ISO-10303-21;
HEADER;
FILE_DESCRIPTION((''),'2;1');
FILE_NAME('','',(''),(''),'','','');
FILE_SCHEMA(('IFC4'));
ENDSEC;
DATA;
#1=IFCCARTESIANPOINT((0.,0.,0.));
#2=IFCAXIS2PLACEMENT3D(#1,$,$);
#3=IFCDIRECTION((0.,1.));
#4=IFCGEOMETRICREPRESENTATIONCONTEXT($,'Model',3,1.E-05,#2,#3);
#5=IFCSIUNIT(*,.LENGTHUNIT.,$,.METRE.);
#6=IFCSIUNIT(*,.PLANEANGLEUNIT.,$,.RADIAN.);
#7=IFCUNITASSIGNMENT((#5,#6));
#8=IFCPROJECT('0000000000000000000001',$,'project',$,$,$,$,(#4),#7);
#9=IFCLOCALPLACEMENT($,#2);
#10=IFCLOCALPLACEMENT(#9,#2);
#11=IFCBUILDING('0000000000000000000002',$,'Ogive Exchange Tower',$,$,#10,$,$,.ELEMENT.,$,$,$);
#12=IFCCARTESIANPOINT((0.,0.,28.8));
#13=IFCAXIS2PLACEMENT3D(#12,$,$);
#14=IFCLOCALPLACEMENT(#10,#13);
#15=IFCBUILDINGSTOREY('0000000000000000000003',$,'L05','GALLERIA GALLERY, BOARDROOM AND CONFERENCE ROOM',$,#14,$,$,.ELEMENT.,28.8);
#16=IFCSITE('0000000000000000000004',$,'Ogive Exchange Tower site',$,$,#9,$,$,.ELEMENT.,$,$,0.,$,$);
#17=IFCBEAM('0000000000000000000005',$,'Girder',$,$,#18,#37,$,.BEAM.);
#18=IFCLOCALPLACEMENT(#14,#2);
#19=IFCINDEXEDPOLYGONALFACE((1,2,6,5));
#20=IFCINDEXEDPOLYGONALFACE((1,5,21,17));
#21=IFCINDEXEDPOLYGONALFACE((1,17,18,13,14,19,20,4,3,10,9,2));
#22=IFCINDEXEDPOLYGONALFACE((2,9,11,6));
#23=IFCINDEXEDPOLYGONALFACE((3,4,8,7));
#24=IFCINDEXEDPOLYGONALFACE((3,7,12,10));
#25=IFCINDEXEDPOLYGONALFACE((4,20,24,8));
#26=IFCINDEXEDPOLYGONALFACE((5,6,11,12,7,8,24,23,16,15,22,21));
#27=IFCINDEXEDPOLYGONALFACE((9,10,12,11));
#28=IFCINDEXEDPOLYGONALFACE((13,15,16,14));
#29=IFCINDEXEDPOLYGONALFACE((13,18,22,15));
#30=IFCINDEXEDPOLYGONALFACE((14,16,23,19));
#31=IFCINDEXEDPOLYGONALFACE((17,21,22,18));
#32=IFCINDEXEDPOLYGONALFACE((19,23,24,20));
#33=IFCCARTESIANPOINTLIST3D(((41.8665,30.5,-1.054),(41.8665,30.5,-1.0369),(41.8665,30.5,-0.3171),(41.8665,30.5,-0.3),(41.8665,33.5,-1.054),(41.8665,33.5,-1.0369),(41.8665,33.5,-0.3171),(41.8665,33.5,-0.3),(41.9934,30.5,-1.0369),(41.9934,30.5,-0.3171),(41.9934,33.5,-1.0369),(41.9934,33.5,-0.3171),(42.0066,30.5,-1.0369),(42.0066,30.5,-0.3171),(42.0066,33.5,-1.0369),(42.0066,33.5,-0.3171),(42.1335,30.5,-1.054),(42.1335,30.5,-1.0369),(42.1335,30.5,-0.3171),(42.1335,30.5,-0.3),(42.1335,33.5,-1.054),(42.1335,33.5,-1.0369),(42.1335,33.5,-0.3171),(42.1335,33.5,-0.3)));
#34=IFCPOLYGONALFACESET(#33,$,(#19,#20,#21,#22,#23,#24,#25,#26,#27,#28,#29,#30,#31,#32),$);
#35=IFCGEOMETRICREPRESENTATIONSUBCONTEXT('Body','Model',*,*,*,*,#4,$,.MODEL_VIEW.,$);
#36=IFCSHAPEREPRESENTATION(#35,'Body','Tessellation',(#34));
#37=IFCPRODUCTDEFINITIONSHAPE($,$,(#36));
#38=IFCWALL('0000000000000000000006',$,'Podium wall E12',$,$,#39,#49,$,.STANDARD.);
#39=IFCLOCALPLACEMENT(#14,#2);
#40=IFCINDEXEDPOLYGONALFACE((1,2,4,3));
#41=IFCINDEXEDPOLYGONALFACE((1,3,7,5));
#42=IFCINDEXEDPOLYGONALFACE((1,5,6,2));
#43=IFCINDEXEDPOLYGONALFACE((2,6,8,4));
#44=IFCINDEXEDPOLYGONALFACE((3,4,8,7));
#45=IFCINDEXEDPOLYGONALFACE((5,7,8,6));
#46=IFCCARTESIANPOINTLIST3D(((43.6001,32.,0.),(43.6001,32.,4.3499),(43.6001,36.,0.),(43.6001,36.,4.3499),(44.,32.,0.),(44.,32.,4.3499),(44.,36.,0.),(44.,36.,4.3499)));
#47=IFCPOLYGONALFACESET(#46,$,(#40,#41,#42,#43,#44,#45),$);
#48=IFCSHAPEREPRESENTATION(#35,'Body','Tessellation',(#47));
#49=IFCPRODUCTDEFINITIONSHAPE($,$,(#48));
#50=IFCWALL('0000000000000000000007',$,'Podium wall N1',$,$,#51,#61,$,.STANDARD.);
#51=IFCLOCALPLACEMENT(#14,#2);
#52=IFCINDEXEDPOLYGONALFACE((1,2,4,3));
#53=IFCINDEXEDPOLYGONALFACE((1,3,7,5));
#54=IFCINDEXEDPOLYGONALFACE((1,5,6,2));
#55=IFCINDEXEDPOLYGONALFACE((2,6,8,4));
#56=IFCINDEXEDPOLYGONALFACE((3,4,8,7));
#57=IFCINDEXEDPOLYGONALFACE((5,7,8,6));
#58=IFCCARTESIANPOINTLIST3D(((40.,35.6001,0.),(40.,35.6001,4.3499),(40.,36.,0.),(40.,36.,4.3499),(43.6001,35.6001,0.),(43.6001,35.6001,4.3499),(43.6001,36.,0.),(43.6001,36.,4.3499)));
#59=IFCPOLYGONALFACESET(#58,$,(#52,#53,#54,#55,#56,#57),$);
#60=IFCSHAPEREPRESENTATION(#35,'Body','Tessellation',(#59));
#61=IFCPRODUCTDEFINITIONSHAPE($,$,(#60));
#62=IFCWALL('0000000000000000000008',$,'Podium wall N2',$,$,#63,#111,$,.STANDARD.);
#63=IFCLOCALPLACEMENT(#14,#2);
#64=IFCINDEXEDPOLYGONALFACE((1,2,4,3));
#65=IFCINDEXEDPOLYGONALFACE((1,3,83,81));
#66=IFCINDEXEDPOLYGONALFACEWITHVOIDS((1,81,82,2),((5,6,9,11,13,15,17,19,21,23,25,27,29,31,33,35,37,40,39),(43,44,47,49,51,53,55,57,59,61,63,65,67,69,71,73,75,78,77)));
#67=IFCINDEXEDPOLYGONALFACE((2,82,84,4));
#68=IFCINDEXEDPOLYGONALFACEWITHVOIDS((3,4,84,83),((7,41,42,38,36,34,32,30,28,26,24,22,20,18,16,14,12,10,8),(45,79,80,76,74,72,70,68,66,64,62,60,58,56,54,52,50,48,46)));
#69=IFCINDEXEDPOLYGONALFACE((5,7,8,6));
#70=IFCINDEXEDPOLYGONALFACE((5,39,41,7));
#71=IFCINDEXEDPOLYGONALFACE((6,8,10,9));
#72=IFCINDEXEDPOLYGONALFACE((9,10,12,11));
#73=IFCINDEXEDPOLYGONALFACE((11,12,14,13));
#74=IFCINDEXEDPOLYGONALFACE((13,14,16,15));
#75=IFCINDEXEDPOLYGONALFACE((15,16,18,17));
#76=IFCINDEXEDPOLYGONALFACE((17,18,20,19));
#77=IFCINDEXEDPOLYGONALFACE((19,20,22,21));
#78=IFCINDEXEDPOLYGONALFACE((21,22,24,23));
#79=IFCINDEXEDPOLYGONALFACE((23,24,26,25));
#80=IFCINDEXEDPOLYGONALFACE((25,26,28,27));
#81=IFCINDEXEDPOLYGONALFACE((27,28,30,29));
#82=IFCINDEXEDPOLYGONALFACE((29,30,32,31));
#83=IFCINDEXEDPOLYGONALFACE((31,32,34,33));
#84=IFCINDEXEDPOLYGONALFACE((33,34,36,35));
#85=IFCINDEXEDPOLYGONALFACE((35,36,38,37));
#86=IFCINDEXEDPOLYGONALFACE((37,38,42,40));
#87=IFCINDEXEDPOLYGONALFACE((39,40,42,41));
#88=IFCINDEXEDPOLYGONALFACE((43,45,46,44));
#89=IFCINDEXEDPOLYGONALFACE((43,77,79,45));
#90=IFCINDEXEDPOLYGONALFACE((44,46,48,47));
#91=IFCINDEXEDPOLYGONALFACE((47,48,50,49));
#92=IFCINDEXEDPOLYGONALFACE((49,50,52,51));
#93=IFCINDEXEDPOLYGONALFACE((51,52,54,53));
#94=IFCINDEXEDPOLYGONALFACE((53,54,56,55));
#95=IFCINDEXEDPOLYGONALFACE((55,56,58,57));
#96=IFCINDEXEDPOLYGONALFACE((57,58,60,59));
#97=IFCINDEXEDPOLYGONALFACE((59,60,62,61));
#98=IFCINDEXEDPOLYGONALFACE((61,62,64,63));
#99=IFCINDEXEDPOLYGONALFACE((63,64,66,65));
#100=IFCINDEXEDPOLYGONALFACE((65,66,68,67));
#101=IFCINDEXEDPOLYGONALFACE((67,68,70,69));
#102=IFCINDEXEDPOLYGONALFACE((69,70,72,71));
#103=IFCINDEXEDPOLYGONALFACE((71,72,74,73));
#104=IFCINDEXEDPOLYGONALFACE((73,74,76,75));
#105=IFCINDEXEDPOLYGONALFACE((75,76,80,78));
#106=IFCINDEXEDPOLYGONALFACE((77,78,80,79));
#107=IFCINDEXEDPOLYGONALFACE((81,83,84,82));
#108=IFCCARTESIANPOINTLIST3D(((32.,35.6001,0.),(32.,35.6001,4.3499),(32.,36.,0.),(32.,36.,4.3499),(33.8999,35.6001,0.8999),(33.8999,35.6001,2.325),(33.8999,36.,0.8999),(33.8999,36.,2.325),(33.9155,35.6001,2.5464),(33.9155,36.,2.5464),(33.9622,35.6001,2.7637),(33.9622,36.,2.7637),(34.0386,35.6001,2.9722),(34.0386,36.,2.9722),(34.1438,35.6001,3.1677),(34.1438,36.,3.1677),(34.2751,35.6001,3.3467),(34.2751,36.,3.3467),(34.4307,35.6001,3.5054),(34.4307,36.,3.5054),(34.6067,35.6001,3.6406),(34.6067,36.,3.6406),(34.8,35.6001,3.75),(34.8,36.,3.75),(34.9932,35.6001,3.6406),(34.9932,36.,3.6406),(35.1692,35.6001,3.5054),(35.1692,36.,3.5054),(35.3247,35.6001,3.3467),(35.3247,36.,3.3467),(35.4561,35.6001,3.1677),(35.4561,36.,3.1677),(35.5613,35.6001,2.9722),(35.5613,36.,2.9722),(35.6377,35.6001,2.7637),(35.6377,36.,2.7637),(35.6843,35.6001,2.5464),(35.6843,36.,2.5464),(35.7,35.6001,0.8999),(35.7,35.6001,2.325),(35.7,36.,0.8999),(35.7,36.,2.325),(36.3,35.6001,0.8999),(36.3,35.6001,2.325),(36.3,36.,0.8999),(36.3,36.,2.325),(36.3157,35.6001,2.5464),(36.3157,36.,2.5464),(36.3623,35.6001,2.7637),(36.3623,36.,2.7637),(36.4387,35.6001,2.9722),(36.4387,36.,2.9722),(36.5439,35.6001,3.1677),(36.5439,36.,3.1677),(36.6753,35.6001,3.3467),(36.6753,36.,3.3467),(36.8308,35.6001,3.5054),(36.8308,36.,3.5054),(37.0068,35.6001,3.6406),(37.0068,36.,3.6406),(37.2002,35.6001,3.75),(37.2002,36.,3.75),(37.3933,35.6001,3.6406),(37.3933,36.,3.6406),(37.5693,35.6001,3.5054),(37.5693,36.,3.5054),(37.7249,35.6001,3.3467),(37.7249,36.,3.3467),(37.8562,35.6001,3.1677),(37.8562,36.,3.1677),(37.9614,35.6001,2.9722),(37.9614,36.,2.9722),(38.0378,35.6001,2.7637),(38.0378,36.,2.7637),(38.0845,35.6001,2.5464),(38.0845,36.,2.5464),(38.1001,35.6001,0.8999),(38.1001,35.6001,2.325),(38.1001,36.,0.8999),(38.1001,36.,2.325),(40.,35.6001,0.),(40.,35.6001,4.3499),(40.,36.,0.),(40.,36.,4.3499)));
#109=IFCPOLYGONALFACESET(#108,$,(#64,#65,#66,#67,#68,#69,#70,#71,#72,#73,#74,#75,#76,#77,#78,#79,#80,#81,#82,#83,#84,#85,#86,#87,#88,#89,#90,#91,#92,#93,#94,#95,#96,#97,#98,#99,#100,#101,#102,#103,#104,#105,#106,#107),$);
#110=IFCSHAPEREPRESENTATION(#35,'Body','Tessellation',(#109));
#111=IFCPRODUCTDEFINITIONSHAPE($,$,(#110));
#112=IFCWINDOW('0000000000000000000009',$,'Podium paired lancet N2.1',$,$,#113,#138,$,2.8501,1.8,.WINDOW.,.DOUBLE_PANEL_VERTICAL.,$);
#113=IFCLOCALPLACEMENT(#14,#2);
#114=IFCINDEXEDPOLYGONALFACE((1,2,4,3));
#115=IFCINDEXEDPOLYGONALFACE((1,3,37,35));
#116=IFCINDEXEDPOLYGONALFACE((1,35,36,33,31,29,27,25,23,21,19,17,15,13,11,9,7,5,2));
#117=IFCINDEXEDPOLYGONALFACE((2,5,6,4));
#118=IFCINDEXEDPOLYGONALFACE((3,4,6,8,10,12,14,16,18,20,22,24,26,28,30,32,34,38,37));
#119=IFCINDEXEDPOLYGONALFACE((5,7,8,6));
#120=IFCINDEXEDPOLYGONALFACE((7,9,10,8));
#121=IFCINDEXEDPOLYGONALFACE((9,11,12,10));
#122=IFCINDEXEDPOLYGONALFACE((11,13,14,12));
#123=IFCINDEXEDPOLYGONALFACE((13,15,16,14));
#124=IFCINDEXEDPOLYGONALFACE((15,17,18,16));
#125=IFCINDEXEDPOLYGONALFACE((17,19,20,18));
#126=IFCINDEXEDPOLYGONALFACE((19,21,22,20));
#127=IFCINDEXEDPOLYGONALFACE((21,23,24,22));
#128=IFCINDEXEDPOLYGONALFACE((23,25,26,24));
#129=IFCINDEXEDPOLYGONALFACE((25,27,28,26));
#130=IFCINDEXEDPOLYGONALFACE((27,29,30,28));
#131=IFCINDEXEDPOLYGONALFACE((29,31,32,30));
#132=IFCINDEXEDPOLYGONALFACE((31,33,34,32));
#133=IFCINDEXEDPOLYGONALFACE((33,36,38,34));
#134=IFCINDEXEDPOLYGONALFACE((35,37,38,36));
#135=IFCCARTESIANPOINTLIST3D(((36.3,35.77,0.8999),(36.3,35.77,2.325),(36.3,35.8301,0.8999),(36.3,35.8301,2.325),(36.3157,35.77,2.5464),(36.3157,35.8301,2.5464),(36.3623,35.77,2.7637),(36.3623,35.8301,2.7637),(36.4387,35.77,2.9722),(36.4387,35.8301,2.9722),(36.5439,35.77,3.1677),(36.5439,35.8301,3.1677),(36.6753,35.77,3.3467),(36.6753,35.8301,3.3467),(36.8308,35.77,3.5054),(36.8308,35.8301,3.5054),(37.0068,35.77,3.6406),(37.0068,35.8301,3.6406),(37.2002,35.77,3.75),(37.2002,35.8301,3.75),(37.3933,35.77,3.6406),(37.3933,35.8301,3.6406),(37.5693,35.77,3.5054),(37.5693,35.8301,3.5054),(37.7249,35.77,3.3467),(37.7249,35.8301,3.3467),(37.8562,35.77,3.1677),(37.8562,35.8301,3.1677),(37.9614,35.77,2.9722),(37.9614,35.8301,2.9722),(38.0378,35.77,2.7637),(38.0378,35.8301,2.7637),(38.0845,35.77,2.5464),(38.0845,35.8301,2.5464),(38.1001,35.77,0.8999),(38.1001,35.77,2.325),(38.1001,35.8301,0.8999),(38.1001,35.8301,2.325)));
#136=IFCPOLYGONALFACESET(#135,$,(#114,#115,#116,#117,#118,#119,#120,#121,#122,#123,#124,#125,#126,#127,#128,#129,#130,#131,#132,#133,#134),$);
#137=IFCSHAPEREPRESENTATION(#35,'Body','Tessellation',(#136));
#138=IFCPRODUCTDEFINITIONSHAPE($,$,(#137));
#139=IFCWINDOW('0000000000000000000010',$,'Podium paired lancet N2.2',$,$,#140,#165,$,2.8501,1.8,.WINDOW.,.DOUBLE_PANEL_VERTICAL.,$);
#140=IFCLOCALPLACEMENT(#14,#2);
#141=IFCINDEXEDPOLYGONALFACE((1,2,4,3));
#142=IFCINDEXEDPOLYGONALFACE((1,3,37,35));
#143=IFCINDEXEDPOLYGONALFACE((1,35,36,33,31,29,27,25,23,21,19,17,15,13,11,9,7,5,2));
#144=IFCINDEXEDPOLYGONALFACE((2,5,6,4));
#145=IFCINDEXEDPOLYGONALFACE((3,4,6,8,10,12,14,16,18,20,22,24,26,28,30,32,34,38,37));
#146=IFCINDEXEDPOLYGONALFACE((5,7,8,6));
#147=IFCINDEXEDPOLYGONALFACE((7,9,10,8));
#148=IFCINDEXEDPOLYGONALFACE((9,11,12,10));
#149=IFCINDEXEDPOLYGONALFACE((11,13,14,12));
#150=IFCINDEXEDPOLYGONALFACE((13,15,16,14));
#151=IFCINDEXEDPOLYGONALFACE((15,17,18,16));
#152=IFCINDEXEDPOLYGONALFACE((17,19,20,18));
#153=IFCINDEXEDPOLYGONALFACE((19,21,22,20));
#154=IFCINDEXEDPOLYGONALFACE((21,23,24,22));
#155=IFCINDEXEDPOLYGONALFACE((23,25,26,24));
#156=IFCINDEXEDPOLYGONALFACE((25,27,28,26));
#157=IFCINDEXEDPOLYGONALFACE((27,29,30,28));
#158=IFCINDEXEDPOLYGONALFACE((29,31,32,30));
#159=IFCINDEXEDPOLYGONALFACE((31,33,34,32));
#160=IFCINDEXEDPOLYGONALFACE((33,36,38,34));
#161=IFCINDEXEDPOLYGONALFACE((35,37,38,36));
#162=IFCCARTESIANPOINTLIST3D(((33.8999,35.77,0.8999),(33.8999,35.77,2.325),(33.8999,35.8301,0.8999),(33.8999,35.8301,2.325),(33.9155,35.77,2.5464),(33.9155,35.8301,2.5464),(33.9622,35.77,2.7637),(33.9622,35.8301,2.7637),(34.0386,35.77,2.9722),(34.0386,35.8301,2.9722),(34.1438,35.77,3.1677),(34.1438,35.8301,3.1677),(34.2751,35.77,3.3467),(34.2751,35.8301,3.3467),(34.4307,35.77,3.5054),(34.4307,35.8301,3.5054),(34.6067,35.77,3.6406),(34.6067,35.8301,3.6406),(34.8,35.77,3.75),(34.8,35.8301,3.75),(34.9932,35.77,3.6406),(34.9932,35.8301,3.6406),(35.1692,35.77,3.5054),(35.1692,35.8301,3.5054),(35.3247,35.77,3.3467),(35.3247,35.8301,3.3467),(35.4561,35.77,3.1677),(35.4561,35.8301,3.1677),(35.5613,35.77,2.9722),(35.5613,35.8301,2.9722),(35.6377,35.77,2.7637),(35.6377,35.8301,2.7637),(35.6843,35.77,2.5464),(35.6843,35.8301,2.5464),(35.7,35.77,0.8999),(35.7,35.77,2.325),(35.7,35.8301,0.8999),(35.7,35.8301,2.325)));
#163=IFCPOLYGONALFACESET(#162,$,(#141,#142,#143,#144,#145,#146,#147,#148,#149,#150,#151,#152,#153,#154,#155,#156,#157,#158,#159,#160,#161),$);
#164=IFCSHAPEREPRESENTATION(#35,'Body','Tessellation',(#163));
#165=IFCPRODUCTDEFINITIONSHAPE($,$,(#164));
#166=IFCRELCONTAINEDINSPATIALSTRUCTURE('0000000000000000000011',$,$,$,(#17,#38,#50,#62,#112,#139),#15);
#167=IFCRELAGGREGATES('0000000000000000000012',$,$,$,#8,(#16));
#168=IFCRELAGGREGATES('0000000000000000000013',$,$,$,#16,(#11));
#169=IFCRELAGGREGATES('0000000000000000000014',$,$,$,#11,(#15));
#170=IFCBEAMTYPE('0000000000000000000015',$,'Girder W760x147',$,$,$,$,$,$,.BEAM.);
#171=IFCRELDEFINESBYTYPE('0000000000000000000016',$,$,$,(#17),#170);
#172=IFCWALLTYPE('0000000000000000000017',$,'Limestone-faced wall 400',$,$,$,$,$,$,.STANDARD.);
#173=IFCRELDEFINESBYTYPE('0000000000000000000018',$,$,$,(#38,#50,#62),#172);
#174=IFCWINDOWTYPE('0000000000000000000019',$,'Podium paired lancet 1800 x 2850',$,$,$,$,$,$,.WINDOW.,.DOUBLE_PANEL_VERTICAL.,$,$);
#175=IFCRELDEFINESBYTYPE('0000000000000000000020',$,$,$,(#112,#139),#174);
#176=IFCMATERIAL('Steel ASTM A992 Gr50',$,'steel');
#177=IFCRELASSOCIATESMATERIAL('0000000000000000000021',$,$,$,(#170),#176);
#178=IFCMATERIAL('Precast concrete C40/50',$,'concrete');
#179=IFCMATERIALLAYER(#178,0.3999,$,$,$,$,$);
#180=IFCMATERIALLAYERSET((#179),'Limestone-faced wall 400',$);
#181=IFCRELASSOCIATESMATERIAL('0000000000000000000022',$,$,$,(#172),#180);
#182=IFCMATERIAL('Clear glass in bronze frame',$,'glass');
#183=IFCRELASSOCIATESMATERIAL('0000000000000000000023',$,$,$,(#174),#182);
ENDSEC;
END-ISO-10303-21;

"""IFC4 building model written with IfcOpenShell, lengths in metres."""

from ifc_helpers import new_model, si_unit, direction, frame, frame_2d, origin, origin_2d, place, context, subcontext, project, spatial, polyline, rectangle, i_section, outline, extrude, material, layer, layer_set, material_profile, profile_set, type_object, element, fill, save


model = new_model("IFC4")

# Units and contexts
model_context = context("Model", 3, precision=1e-05, world=origin(), true_north=direction((0.0, 1.0)))
body_context = subcontext(model_context, "Body", "Model", "MODEL_VIEW")
ifc_project = project(units=[si_unit("LENGTHUNIT", "METRE"), si_unit("PLANEANGLEUNIT", "RADIAN")], contexts=[model_context])

# Site, building, storey
site_placement = place(None, origin())
site = spatial("IfcSite", under=ifc_project, at=site_placement, Name="Ogive Exchange Tower site", CompositionType="ELEMENT", RefElevation=0.0)
building_placement = place(site_placement, origin())
building = spatial("IfcBuilding", under=site, at=building_placement, Name="Ogive Exchange Tower", CompositionType="ELEMENT")
storey_placement = place(building_placement, frame((0.0, 0.0, 28.8)))
storey = spatial("IfcBuildingStorey", under=building, at=storey_placement, Name="L05", Description="GALLERIA GALLERY, BOARDROOM AND CONFERENCE ROOM", CompositionType="ELEMENT", Elevation=28.8)

# Beam
ifc_material_1 = material(Name="Steel ASTM A992 Gr50", Category="steel")
ifc_material_profile_1 = material_profile(ifc_material_1, i_section(OverallWidth=0.2671, OverallDepth=0.7539, WebThickness=0.0132, FlangeThickness=0.0171, at=origin_2d()), Name="W760x147")
ifc_profile_set_1 = profile_set([ifc_material_profile_1], Name="Steel ASTM A992 Gr50")
beam_type_1 = type_object("IfcBeamType", Name="Girder W760x147", PredefinedType="BEAM", material=ifc_profile_set_1)
beam_1_placement = place(storey_placement, frame((42.0, 30.5, -0.677), z_axis=(0.0, 1.0, 0.0), x_axis=(-1.0, 0.0, 0.0)))
element("IfcBeam", 1, at=beam_1_placement, inside=storey, type_object=beam_type_1, Name="Girder", PredefinedType="BEAM", context=body_context, shape_type="SweptSolid", body=[
    extrude(i_section(OverallWidth=0.2671, OverallDepth=0.7539, WebThickness=0.0132, FlangeThickness=0.0171, at=origin_2d()), origin(), (0.0, 0.0, 1.0), 3.0),
])

# Walls
ifc_material_2 = material(Name="Precast concrete C40/50", Category="concrete")
ifc_layer_1 = layer(ifc_material_2, 0.3999)
ifc_layer_set_1 = layer_set([ifc_layer_1], Name="Limestone-faced wall 400")
wall_type_1 = type_object("IfcWallType", Name="Limestone-faced wall 400", PredefinedType="STANDARD", material=ifc_layer_set_1)
wall_1_placement = place(storey_placement, frame((43.8, 32.0, 0.0), z_axis=(0.0, 0.0, 1.0), x_axis=(0.0, 1.0, 0.0)))
element("IfcWall", 2, at=wall_1_placement, inside=storey, type_object=wall_type_1, Name="Podium wall E12", PredefinedType="STANDARD", context=body_context, shape_type="SweptSolid", body=[
    extrude(rectangle(XDim=4.0, YDim=0.3999, at=frame_2d((2.0, 0.0))), origin(), (0.0, 0.0, 1.0), 4.3499),
])
wall_2_placement = place(storey_placement, frame((43.6001, 35.8, 0.0), z_axis=(0.0, 0.0, 1.0), x_axis=(-1.0, 0.0, 0.0)))
element("IfcWall", 3, at=wall_2_placement, inside=storey, type_object=wall_type_1, Name="Podium wall N1", PredefinedType="STANDARD", context=body_context, shape_type="SweptSolid", body=[
    extrude(rectangle(XDim=3.6001, YDim=0.3999, at=frame_2d((1.8, 0.0))), origin(), (0.0, 0.0, 1.0), 4.3499),
])

# Wall, openings, windows
wall_3_placement = place(storey_placement, frame((40.0, 35.8, 0.0), z_axis=(0.0, 0.0, 1.0), x_axis=(-1.0, 0.0, 0.0)))
wall_3 = element("IfcWall", 4, at=wall_3_placement, inside=storey, type_object=wall_type_1, Name="Podium wall N2", PredefinedType="STANDARD", context=body_context, shape_type="SweptSolid", body=[
    extrude(rectangle(XDim=8.0, YDim=0.3999, at=frame_2d((4.0, 0.0))), origin(), (0.0, 0.0, 1.0), 4.3499),
])
opening_1_placement = place(wall_3_placement, frame((1.8999, 0.0, 0.8999)))
opening_1 = element("IfcOpeningElement", 5, at=opening_1_placement, cuts=wall_3, PredefinedType="OPENING", context=body_context, shape_type="SweptSolid", body=[
    extrude(outline(polyline([(0.0, 0.0), (1.8, 0.0), (1.8, 1.425), (1.7844, 1.6465), (1.7378, 1.8638), (1.6614, 2.0723), (1.5562, 2.2678), (1.4248, 2.4468), (1.2693, 2.6055), (1.0933, 2.7407), (0.8999, 2.8501), (0.7068, 2.7407), (0.5308, 2.6055), (0.3752, 2.4468), (0.2439, 2.2678), (0.1387, 2.0723), (0.0623, 1.8638), (0.0156, 1.6465), (0.0, 1.425), (0.0, 0.0)])), frame((0.0, 0.21, 0.0), z_axis=(0.0, -1.0, 0.0), x_axis=(1.0, 0.0, 0.0)), (0.0, 0.0, 1.0), 0.4199),
])
opening_2_placement = place(wall_3_placement, frame((4.3, 0.0, 0.8999)))
opening_2 = element("IfcOpeningElement", 6, at=opening_2_placement, cuts=wall_3, PredefinedType="OPENING", context=body_context, shape_type="SweptSolid", body=[
    extrude(outline(polyline([(0.0, 0.0), (1.8, 0.0), (1.8, 1.425), (1.7844, 1.6465), (1.7378, 1.8638), (1.6614, 2.0723), (1.5562, 2.2678), (1.4248, 2.4468), (1.2693, 2.6055), (1.0933, 2.7407), (0.8999, 2.8501), (0.7068, 2.7407), (0.5308, 2.6055), (0.3752, 2.4468), (0.2439, 2.2678), (0.1387, 2.0723), (0.0623, 1.8638), (0.0156, 1.6465), (0.0, 1.425), (0.0, 0.0)])), frame((0.0, 0.21, 0.0), z_axis=(0.0, -1.0, 0.0), x_axis=(1.0, 0.0, 0.0)), (0.0, 0.0, 1.0), 0.4199),
])
ifc_material_3 = material(Name="Clear glass in bronze frame", Category="glass")
window_type = type_object("IfcWindowType", Name="Podium paired lancet 1800 x 2850", PartitioningType="DOUBLE_PANEL_VERTICAL", PredefinedType="WINDOW", material=ifc_material_3)
window_1_placement = place(opening_1_placement, origin())
window_1 = element("IfcWindow", 7, at=window_1_placement, inside=storey, type_object=window_type, Name="Podium paired lancet N2.1", OverallHeight=2.8501, OverallWidth=1.8, PartitioningType="DOUBLE_PANEL_VERTICAL", PredefinedType="WINDOW", context=body_context, shape_type="SweptSolid", body=[
    extrude(outline(polyline([(0.0, 0.0), (1.8, 0.0), (1.8, 1.425), (1.7844, 1.6465), (1.7378, 1.8638), (1.6614, 2.0723), (1.5562, 2.2678), (1.4248, 2.4468), (1.2693, 2.6055), (1.0933, 2.7407), (0.8999, 2.8501), (0.7068, 2.7407), (0.5308, 2.6055), (0.3752, 2.4468), (0.2439, 2.2678), (0.1387, 2.0723), (0.0623, 1.8638), (0.0156, 1.6465), (0.0, 1.425), (0.0, 0.0)])), frame((0.0, 0.03, 0.0), z_axis=(0.0, -1.0, 0.0), x_axis=(1.0, 0.0, 0.0)), (0.0, 0.0, 1.0), 0.0601),
])
fill(opening_1, window_1)
window_2_placement = place(opening_2_placement, origin())
window_2 = element("IfcWindow", 8, at=window_2_placement, inside=storey, type_object=window_type, Name="Podium paired lancet N2.2", OverallHeight=2.8501, OverallWidth=1.8, PartitioningType="DOUBLE_PANEL_VERTICAL", PredefinedType="WINDOW", context=body_context, shape_type="SweptSolid", body=[
    extrude(outline(polyline([(0.0, 0.0), (1.8, 0.0), (1.8, 1.425), (1.7844, 1.6465), (1.7378, 1.8638), (1.6614, 2.0723), (1.5562, 2.2678), (1.4248, 2.4468), (1.2693, 2.6055), (1.0933, 2.7407), (0.8999, 2.8501), (0.7068, 2.7407), (0.5308, 2.6055), (0.3752, 2.4468), (0.2439, 2.2678), (0.1387, 2.0723), (0.0623, 1.8638), (0.0156, 1.6465), (0.0, 1.425), (0.0, 0.0)])), frame((0.0, 0.03, 0.0), z_axis=(0.0, -1.0, 0.0), x_axis=(1.0, 0.0, 0.0)), (0.0, 0.0, 1.0), 0.0601),
])
fill(opening_2, window_2)

save(model, "model.ifc")
